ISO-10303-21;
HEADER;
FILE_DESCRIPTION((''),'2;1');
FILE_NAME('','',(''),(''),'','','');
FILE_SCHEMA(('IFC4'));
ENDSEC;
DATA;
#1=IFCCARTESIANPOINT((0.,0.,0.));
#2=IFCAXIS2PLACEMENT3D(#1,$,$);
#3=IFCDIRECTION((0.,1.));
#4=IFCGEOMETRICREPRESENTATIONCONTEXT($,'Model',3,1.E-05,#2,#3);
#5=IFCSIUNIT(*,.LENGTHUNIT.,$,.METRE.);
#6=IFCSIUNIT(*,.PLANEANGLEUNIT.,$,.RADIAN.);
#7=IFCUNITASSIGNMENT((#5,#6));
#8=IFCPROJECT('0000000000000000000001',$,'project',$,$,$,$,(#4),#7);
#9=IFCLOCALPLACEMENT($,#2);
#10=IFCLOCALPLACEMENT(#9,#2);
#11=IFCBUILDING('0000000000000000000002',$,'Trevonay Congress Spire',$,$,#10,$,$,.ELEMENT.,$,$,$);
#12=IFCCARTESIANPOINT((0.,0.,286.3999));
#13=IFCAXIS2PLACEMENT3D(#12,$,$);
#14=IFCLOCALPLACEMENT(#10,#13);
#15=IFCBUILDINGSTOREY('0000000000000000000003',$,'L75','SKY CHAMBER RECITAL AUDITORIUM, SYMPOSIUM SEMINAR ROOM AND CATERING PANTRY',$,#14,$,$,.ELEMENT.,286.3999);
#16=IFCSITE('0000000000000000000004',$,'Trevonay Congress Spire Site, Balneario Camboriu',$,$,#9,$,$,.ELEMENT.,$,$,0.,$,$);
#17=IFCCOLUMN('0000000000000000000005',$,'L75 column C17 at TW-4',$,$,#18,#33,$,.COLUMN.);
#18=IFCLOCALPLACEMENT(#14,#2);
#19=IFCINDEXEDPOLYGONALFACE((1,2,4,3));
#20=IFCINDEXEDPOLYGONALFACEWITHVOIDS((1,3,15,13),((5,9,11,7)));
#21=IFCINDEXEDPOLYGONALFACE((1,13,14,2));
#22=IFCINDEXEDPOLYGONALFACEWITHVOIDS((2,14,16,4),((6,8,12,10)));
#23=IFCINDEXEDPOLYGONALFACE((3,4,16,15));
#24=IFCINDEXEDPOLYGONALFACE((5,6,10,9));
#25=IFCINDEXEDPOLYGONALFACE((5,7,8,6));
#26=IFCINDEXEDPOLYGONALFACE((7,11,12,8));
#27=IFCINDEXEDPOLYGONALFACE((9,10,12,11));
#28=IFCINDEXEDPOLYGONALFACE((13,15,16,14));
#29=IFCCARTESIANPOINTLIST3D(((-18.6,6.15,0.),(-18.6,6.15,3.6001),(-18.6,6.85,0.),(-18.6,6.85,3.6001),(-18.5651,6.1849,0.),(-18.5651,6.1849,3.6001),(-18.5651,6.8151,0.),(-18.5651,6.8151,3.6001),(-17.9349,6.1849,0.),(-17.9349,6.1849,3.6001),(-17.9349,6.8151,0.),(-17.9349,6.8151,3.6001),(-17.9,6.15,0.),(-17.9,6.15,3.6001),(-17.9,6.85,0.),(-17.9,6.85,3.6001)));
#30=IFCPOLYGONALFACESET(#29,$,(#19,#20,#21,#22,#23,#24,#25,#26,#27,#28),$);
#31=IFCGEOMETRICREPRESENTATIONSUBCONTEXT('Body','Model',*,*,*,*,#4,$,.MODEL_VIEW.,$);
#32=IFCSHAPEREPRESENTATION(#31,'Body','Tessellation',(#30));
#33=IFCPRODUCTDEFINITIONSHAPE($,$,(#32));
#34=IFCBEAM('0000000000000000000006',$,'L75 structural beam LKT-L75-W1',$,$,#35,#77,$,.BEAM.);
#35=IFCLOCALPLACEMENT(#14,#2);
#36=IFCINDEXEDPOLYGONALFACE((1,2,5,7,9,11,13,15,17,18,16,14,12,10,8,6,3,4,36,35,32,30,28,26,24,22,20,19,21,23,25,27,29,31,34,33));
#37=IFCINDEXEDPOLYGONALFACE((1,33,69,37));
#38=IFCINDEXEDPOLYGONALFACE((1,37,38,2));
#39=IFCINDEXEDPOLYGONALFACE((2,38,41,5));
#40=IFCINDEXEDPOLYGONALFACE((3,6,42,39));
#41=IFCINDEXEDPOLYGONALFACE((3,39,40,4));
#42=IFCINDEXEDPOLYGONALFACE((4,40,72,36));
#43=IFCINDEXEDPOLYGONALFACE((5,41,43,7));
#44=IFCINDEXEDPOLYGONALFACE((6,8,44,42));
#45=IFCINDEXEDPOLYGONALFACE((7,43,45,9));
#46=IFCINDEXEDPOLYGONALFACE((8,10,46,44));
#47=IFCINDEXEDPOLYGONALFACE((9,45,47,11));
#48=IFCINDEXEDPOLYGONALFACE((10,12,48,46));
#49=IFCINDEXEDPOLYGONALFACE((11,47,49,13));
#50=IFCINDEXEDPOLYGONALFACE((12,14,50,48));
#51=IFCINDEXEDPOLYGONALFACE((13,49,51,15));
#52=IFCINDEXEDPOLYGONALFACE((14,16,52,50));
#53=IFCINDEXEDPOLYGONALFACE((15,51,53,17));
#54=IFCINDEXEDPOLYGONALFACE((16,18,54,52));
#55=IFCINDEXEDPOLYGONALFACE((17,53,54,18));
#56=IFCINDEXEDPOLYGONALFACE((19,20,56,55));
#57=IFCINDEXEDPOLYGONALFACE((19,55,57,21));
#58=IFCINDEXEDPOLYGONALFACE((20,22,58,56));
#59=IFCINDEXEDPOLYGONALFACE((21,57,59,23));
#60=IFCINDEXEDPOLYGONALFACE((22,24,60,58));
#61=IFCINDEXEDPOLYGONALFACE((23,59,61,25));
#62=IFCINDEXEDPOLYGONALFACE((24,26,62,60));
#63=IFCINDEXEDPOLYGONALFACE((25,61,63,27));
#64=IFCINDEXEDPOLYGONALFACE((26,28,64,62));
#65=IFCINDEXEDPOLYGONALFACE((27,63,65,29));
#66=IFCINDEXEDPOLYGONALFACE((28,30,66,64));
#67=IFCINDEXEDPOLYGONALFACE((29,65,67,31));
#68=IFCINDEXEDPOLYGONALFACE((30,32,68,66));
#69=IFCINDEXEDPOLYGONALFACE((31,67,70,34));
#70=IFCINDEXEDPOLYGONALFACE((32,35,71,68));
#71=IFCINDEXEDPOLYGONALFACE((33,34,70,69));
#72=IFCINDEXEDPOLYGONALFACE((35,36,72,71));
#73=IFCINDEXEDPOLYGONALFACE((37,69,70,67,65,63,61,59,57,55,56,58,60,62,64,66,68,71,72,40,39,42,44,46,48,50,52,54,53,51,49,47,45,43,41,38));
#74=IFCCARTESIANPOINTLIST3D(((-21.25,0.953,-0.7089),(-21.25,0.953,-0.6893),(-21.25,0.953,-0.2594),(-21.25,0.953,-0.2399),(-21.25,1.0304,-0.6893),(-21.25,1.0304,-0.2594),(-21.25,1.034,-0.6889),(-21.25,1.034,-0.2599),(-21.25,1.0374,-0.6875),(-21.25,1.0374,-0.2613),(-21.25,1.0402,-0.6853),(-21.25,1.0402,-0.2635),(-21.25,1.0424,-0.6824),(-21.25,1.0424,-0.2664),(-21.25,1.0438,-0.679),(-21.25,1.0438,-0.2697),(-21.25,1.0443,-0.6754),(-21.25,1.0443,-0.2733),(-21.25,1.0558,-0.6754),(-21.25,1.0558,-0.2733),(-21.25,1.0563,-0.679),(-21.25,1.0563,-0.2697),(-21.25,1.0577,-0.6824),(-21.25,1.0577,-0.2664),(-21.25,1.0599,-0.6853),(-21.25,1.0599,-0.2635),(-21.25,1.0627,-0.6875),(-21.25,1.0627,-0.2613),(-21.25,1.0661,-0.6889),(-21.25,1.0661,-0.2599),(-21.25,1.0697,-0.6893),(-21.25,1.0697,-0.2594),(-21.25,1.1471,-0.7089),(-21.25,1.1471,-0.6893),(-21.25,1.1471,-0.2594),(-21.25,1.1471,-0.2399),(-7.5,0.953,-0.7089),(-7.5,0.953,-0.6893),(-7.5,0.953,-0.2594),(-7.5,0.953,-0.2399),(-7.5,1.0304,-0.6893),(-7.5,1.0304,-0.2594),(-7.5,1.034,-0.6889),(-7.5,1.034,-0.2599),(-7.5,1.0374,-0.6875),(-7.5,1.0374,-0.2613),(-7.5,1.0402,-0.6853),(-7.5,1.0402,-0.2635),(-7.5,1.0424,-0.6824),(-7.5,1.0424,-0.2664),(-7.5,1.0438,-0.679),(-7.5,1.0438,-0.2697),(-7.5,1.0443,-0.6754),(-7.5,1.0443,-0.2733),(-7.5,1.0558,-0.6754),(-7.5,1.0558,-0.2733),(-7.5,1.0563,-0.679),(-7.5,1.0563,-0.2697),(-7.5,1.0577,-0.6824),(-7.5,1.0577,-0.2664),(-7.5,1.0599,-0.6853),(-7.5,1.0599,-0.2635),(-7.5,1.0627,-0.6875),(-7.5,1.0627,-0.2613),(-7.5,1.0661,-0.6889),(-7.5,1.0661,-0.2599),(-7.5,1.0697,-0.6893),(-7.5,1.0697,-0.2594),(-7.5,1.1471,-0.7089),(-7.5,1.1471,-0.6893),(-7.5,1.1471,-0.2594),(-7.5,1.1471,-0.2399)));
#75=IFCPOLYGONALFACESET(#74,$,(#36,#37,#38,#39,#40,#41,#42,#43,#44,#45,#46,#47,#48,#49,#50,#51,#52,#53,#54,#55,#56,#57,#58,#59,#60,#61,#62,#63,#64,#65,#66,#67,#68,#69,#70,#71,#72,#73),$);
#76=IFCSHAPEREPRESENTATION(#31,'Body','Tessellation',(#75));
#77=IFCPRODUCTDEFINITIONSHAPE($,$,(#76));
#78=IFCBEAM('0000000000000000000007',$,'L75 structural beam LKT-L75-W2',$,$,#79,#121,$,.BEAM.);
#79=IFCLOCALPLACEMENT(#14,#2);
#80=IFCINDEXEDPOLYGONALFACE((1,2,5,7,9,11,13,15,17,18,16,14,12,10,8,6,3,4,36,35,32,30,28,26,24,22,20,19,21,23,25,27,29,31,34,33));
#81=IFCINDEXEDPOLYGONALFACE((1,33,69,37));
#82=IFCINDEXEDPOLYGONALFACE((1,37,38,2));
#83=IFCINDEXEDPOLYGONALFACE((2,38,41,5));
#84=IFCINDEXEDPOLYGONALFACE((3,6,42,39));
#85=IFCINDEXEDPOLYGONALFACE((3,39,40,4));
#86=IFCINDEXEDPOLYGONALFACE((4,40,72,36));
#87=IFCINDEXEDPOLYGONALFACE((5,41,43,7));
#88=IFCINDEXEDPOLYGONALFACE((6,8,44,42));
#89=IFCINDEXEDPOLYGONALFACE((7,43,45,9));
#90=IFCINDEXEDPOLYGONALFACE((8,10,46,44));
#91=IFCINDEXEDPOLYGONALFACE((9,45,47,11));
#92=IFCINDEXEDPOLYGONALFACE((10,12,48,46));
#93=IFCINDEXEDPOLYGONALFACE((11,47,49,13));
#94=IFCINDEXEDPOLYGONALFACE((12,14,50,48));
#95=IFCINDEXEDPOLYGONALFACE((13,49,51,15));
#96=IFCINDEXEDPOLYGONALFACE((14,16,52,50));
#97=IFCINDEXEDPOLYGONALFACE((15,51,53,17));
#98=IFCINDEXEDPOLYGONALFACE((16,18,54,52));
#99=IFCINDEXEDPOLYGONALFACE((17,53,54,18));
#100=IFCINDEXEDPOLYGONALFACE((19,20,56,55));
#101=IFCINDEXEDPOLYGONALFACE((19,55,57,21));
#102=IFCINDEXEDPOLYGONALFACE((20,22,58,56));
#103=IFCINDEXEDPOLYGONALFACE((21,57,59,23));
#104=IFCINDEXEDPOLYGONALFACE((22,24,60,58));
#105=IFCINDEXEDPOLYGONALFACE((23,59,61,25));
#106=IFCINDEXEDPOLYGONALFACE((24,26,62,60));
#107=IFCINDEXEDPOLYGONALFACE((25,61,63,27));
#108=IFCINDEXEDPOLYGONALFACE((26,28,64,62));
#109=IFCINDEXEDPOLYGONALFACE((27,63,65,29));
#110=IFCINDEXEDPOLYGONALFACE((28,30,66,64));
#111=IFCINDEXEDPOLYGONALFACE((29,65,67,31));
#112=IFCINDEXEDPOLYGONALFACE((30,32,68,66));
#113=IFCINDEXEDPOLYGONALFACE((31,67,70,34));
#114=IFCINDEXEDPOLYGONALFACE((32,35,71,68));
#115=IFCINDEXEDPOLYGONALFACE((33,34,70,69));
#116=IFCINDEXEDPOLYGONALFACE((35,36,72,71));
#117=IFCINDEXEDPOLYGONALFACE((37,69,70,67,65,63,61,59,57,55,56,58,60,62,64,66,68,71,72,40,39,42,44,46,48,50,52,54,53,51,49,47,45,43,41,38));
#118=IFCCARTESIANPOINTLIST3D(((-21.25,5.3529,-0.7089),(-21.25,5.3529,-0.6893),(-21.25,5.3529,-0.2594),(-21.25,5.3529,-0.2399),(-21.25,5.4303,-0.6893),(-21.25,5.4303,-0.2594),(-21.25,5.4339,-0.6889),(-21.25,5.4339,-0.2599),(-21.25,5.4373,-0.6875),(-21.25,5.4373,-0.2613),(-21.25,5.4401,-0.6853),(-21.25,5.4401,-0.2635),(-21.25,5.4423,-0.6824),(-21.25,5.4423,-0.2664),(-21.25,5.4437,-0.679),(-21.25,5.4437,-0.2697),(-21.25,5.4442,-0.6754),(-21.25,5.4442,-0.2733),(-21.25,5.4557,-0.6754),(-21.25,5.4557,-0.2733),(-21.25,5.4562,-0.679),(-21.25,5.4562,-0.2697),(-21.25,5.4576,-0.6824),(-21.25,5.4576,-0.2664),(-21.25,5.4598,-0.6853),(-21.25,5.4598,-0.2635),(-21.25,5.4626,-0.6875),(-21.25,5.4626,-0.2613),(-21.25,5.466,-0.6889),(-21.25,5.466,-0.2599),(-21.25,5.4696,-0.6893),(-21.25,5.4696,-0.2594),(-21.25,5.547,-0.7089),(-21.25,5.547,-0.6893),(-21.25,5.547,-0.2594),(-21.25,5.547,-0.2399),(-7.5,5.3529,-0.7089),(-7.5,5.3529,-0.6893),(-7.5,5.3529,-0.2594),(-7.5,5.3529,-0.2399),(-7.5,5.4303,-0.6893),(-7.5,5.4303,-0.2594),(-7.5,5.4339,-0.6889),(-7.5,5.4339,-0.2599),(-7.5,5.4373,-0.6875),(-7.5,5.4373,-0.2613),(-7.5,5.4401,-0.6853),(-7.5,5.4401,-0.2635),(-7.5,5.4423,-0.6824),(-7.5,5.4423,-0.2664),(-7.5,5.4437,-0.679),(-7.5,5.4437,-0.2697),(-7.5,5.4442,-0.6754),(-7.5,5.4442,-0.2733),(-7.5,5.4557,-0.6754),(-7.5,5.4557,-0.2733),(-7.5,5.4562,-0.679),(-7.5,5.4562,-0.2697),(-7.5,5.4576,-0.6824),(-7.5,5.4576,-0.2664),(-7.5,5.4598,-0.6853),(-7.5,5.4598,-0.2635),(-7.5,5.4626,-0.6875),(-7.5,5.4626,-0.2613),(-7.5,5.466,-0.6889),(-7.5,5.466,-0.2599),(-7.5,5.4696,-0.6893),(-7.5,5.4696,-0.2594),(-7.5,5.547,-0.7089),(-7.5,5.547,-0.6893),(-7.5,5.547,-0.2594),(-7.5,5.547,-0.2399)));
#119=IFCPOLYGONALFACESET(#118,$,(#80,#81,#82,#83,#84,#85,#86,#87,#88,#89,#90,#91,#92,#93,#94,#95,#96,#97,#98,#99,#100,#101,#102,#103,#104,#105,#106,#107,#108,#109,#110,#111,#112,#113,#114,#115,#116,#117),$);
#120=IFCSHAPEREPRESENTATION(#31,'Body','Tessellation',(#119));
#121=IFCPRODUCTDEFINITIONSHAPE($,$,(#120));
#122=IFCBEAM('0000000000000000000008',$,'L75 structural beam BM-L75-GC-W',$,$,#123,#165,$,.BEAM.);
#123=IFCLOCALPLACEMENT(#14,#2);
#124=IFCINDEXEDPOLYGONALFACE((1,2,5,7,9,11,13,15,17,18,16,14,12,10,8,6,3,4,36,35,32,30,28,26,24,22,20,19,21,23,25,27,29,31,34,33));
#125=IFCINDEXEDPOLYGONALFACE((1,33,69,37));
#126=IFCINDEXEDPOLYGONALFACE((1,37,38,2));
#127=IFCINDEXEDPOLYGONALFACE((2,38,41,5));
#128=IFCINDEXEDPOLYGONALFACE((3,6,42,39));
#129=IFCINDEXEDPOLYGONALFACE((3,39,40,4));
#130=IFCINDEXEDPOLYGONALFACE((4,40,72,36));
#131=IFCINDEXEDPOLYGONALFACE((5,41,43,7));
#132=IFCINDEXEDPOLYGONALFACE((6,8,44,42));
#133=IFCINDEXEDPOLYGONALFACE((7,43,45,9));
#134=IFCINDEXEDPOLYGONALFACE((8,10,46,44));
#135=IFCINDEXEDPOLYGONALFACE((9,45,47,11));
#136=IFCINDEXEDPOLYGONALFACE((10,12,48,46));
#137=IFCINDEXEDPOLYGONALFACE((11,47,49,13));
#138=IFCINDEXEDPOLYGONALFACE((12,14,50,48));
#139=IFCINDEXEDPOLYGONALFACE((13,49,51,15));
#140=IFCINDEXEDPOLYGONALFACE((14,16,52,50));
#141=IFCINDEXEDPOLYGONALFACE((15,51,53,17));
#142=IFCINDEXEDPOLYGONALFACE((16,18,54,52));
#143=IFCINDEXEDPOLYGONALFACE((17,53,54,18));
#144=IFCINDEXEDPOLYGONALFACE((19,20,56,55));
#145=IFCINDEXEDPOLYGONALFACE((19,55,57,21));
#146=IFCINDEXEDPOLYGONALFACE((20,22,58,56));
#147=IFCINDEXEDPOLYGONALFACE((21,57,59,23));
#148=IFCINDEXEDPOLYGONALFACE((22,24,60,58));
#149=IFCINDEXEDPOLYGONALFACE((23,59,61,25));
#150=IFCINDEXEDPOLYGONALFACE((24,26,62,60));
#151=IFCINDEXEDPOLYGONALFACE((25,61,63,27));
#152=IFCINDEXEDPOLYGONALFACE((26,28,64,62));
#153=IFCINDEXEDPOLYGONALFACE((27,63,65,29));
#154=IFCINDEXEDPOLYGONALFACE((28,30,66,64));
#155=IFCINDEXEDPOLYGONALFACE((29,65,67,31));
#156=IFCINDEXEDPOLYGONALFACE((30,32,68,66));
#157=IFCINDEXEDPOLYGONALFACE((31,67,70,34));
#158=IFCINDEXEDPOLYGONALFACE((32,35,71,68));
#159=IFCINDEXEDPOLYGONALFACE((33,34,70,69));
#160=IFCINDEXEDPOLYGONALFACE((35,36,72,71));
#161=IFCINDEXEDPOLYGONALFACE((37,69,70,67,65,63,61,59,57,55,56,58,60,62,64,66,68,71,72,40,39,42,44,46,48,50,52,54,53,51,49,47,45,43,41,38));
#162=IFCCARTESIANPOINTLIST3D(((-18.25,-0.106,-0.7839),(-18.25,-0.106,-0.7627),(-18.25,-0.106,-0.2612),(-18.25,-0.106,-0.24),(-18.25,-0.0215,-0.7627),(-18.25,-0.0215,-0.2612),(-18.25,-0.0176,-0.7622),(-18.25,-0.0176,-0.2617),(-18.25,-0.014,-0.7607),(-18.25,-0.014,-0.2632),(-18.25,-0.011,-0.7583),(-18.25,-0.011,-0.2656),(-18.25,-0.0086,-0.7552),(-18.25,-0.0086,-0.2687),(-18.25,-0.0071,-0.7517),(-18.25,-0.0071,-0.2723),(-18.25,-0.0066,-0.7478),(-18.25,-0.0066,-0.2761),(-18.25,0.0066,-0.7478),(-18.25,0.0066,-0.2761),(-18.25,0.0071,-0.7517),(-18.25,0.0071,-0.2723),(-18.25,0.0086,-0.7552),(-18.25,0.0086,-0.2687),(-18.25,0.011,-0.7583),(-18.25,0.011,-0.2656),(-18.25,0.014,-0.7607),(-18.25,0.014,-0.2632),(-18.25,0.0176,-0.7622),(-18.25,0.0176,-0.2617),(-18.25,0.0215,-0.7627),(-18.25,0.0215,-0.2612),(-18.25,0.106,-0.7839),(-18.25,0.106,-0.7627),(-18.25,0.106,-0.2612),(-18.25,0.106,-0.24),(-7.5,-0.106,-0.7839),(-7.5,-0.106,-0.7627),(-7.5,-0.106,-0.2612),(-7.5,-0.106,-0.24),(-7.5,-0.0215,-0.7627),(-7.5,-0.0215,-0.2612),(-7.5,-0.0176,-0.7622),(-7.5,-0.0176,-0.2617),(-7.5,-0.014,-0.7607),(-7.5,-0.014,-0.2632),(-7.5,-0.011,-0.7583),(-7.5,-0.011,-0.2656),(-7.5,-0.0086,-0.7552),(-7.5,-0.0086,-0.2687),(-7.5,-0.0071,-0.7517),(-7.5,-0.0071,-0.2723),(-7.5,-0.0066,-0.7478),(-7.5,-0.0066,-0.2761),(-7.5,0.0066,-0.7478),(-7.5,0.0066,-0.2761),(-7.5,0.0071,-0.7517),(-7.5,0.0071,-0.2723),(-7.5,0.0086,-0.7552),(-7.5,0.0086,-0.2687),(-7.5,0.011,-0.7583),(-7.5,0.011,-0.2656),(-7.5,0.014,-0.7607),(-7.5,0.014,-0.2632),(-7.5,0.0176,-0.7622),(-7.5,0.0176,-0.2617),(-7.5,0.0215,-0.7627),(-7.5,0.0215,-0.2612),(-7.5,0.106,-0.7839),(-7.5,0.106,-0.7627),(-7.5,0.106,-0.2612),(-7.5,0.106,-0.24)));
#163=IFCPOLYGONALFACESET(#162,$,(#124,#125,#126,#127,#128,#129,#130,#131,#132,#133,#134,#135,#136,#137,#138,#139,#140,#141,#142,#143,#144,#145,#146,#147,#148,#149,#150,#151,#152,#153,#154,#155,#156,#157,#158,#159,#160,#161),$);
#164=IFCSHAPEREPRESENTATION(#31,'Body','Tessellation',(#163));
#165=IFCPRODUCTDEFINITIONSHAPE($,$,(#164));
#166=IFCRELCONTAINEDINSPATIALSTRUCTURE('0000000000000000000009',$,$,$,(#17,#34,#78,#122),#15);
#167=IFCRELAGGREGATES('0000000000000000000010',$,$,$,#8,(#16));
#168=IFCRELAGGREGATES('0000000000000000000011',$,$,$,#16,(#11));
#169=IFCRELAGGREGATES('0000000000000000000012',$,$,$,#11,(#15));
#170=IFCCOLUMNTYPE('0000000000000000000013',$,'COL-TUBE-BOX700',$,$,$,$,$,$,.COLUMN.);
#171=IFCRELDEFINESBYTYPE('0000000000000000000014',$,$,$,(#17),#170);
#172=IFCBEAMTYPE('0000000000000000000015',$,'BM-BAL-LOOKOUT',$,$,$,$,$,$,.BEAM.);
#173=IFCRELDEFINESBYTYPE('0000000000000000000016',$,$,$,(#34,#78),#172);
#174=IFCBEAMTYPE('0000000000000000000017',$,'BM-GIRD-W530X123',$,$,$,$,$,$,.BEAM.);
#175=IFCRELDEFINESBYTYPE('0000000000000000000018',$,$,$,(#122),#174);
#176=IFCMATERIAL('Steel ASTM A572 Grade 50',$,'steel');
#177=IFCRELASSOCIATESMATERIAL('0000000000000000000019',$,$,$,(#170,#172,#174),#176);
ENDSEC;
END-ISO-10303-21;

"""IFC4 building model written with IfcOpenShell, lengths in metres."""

from ifc_helpers import new_model, si_unit, direction, frame, origin, origin_2d, place, context, subcontext, project, spatial, hollow_rectangle, i_section, extrude, material, material_profile, profile_set, type_object, element, save


model = new_model("IFC4")

# Units and contexts
model_context = context("Model", 3, precision=1e-05, world=origin(), true_north=direction((0.0, 1.0)))
body_context = subcontext(model_context, "Body", "Model", "MODEL_VIEW")
ifc_project = project(units=[si_unit("LENGTHUNIT", "METRE"), si_unit("PLANEANGLEUNIT", "RADIAN")], contexts=[model_context])

# Site, building, storey
site_placement = place(None, origin())
site = spatial("IfcSite", under=ifc_project, at=site_placement, Name="Trevonay Congress Spire Site, Balneario Camboriu", CompositionType="ELEMENT", RefElevation=0.0)
building_placement = place(site_placement, origin())
building = spatial("IfcBuilding", under=site, at=building_placement, Name="Trevonay Congress Spire", CompositionType="ELEMENT")
storey_placement = place(building_placement, frame((0.0, 0.0, 286.3999)))
storey = spatial("IfcBuildingStorey", under=building, at=storey_placement, Name="L75", Description="SKY CHAMBER RECITAL AUDITORIUM, SYMPOSIUM SEMINAR ROOM AND CATERING PANTRY", CompositionType="ELEMENT", Elevation=286.3999)

# Column
ifc_material_1 = material(Name="Steel ASTM A572 Grade 50", Category="steel")
ifc_material_profile_1 = material_profile(ifc_material_1, hollow_rectangle(XDim=0.7, YDim=0.7, WallThickness=0.0349, at=origin_2d()), Name="BOX 700x700x35")
ifc_profile_set_1 = profile_set([ifc_material_profile_1], Name="Steel ASTM A572 Grade 50")
column_type = type_object("IfcColumnType", Name="COL-TUBE-BOX700", PredefinedType="COLUMN", material=ifc_profile_set_1)
column_placement = place(storey_placement, frame((-18.25, 6.5, 0.0), z_axis=(0.0, 0.0, 1.0), x_axis=(1.0, 0.0, 0.0)))
element("IfcColumn", 1, at=column_placement, inside=storey, type_object=column_type, Name="L75 column C17 at TW-4", PredefinedType="COLUMN", context=body_context, shape_type="SweptSolid", body=[
    extrude(hollow_rectangle(XDim=0.7, YDim=0.7, WallThickness=0.0349, at=origin_2d()), origin(), (0.0, 0.0, 1.0), 3.6001),
])

# Beams
ifc_material_profile_2 = material_profile(ifc_material_1, i_section(OverallWidth=0.1941, OverallDepth=0.469, WebThickness=0.0115, FlangeThickness=0.0195, FilletRadius=0.0139, at=origin_2d()), Name="W460x106")
ifc_profile_set_2 = profile_set([ifc_material_profile_2], Name="Steel ASTM A572 Grade 50")
beam_type_1 = type_object("IfcBeamType", Name="BM-BAL-LOOKOUT", PredefinedType="BEAM", material=ifc_profile_set_2)
for number, where, z_axis, x_axis, name in (
    (2, (-7.5, 1.05, -0.4744), (-1.0, 0.0, 0.0), (0.0, -1.0, 0.0), "L75 structural beam LKT-L75-W1"),
    (3, (-7.5, 5.45, -0.4744), (-1.0, 0.0, 0.0), (0.0, -1.0, 0.0), "L75 structural beam LKT-L75-W2"),
):
    element("IfcBeam", number, at=place(storey_placement, frame(where, z_axis=z_axis, x_axis=x_axis)), inside=storey, type_object=beam_type_1, Name=name, PredefinedType="BEAM", context=body_context, shape_type="SweptSolid", body=[
        extrude(i_section(OverallWidth=0.1941, OverallDepth=0.469, WebThickness=0.0115, FlangeThickness=0.0195, FilletRadius=0.0139, at=origin_2d()), origin(), (0.0, 0.0, 1.0), 13.75),
    ])
ifc_material_profile_3 = material_profile(ifc_material_1, i_section(OverallWidth=0.2119, OverallDepth=0.5439, WebThickness=0.0132, FlangeThickness=0.0212, FilletRadius=0.0149, at=origin_2d()), Name="W530x123")
ifc_profile_set_3 = profile_set([ifc_material_profile_3], Name="Steel ASTM A572 Grade 50")
beam_type_2 = type_object("IfcBeamType", Name="BM-GIRD-W530X123", PredefinedType="BEAM", material=ifc_profile_set_3)
beam_1_placement = place(storey_placement, frame((-7.5, 0.0, -0.512), z_axis=(-1.0, 0.0, 0.0), x_axis=(0.0, -1.0, 0.0)))
element("IfcBeam", 4, at=beam_1_placement, inside=storey, type_object=beam_type_2, Name="L75 structural beam BM-L75-GC-W", PredefinedType="BEAM", context=body_context, shape_type="SweptSolid", body=[
    extrude(i_section(OverallWidth=0.2119, OverallDepth=0.5439, WebThickness=0.0132, FlangeThickness=0.0212, FilletRadius=0.0149, at=origin_2d()), origin(), (0.0, 0.0, 1.0), 10.75),
])

save(model, "model.ifc")
